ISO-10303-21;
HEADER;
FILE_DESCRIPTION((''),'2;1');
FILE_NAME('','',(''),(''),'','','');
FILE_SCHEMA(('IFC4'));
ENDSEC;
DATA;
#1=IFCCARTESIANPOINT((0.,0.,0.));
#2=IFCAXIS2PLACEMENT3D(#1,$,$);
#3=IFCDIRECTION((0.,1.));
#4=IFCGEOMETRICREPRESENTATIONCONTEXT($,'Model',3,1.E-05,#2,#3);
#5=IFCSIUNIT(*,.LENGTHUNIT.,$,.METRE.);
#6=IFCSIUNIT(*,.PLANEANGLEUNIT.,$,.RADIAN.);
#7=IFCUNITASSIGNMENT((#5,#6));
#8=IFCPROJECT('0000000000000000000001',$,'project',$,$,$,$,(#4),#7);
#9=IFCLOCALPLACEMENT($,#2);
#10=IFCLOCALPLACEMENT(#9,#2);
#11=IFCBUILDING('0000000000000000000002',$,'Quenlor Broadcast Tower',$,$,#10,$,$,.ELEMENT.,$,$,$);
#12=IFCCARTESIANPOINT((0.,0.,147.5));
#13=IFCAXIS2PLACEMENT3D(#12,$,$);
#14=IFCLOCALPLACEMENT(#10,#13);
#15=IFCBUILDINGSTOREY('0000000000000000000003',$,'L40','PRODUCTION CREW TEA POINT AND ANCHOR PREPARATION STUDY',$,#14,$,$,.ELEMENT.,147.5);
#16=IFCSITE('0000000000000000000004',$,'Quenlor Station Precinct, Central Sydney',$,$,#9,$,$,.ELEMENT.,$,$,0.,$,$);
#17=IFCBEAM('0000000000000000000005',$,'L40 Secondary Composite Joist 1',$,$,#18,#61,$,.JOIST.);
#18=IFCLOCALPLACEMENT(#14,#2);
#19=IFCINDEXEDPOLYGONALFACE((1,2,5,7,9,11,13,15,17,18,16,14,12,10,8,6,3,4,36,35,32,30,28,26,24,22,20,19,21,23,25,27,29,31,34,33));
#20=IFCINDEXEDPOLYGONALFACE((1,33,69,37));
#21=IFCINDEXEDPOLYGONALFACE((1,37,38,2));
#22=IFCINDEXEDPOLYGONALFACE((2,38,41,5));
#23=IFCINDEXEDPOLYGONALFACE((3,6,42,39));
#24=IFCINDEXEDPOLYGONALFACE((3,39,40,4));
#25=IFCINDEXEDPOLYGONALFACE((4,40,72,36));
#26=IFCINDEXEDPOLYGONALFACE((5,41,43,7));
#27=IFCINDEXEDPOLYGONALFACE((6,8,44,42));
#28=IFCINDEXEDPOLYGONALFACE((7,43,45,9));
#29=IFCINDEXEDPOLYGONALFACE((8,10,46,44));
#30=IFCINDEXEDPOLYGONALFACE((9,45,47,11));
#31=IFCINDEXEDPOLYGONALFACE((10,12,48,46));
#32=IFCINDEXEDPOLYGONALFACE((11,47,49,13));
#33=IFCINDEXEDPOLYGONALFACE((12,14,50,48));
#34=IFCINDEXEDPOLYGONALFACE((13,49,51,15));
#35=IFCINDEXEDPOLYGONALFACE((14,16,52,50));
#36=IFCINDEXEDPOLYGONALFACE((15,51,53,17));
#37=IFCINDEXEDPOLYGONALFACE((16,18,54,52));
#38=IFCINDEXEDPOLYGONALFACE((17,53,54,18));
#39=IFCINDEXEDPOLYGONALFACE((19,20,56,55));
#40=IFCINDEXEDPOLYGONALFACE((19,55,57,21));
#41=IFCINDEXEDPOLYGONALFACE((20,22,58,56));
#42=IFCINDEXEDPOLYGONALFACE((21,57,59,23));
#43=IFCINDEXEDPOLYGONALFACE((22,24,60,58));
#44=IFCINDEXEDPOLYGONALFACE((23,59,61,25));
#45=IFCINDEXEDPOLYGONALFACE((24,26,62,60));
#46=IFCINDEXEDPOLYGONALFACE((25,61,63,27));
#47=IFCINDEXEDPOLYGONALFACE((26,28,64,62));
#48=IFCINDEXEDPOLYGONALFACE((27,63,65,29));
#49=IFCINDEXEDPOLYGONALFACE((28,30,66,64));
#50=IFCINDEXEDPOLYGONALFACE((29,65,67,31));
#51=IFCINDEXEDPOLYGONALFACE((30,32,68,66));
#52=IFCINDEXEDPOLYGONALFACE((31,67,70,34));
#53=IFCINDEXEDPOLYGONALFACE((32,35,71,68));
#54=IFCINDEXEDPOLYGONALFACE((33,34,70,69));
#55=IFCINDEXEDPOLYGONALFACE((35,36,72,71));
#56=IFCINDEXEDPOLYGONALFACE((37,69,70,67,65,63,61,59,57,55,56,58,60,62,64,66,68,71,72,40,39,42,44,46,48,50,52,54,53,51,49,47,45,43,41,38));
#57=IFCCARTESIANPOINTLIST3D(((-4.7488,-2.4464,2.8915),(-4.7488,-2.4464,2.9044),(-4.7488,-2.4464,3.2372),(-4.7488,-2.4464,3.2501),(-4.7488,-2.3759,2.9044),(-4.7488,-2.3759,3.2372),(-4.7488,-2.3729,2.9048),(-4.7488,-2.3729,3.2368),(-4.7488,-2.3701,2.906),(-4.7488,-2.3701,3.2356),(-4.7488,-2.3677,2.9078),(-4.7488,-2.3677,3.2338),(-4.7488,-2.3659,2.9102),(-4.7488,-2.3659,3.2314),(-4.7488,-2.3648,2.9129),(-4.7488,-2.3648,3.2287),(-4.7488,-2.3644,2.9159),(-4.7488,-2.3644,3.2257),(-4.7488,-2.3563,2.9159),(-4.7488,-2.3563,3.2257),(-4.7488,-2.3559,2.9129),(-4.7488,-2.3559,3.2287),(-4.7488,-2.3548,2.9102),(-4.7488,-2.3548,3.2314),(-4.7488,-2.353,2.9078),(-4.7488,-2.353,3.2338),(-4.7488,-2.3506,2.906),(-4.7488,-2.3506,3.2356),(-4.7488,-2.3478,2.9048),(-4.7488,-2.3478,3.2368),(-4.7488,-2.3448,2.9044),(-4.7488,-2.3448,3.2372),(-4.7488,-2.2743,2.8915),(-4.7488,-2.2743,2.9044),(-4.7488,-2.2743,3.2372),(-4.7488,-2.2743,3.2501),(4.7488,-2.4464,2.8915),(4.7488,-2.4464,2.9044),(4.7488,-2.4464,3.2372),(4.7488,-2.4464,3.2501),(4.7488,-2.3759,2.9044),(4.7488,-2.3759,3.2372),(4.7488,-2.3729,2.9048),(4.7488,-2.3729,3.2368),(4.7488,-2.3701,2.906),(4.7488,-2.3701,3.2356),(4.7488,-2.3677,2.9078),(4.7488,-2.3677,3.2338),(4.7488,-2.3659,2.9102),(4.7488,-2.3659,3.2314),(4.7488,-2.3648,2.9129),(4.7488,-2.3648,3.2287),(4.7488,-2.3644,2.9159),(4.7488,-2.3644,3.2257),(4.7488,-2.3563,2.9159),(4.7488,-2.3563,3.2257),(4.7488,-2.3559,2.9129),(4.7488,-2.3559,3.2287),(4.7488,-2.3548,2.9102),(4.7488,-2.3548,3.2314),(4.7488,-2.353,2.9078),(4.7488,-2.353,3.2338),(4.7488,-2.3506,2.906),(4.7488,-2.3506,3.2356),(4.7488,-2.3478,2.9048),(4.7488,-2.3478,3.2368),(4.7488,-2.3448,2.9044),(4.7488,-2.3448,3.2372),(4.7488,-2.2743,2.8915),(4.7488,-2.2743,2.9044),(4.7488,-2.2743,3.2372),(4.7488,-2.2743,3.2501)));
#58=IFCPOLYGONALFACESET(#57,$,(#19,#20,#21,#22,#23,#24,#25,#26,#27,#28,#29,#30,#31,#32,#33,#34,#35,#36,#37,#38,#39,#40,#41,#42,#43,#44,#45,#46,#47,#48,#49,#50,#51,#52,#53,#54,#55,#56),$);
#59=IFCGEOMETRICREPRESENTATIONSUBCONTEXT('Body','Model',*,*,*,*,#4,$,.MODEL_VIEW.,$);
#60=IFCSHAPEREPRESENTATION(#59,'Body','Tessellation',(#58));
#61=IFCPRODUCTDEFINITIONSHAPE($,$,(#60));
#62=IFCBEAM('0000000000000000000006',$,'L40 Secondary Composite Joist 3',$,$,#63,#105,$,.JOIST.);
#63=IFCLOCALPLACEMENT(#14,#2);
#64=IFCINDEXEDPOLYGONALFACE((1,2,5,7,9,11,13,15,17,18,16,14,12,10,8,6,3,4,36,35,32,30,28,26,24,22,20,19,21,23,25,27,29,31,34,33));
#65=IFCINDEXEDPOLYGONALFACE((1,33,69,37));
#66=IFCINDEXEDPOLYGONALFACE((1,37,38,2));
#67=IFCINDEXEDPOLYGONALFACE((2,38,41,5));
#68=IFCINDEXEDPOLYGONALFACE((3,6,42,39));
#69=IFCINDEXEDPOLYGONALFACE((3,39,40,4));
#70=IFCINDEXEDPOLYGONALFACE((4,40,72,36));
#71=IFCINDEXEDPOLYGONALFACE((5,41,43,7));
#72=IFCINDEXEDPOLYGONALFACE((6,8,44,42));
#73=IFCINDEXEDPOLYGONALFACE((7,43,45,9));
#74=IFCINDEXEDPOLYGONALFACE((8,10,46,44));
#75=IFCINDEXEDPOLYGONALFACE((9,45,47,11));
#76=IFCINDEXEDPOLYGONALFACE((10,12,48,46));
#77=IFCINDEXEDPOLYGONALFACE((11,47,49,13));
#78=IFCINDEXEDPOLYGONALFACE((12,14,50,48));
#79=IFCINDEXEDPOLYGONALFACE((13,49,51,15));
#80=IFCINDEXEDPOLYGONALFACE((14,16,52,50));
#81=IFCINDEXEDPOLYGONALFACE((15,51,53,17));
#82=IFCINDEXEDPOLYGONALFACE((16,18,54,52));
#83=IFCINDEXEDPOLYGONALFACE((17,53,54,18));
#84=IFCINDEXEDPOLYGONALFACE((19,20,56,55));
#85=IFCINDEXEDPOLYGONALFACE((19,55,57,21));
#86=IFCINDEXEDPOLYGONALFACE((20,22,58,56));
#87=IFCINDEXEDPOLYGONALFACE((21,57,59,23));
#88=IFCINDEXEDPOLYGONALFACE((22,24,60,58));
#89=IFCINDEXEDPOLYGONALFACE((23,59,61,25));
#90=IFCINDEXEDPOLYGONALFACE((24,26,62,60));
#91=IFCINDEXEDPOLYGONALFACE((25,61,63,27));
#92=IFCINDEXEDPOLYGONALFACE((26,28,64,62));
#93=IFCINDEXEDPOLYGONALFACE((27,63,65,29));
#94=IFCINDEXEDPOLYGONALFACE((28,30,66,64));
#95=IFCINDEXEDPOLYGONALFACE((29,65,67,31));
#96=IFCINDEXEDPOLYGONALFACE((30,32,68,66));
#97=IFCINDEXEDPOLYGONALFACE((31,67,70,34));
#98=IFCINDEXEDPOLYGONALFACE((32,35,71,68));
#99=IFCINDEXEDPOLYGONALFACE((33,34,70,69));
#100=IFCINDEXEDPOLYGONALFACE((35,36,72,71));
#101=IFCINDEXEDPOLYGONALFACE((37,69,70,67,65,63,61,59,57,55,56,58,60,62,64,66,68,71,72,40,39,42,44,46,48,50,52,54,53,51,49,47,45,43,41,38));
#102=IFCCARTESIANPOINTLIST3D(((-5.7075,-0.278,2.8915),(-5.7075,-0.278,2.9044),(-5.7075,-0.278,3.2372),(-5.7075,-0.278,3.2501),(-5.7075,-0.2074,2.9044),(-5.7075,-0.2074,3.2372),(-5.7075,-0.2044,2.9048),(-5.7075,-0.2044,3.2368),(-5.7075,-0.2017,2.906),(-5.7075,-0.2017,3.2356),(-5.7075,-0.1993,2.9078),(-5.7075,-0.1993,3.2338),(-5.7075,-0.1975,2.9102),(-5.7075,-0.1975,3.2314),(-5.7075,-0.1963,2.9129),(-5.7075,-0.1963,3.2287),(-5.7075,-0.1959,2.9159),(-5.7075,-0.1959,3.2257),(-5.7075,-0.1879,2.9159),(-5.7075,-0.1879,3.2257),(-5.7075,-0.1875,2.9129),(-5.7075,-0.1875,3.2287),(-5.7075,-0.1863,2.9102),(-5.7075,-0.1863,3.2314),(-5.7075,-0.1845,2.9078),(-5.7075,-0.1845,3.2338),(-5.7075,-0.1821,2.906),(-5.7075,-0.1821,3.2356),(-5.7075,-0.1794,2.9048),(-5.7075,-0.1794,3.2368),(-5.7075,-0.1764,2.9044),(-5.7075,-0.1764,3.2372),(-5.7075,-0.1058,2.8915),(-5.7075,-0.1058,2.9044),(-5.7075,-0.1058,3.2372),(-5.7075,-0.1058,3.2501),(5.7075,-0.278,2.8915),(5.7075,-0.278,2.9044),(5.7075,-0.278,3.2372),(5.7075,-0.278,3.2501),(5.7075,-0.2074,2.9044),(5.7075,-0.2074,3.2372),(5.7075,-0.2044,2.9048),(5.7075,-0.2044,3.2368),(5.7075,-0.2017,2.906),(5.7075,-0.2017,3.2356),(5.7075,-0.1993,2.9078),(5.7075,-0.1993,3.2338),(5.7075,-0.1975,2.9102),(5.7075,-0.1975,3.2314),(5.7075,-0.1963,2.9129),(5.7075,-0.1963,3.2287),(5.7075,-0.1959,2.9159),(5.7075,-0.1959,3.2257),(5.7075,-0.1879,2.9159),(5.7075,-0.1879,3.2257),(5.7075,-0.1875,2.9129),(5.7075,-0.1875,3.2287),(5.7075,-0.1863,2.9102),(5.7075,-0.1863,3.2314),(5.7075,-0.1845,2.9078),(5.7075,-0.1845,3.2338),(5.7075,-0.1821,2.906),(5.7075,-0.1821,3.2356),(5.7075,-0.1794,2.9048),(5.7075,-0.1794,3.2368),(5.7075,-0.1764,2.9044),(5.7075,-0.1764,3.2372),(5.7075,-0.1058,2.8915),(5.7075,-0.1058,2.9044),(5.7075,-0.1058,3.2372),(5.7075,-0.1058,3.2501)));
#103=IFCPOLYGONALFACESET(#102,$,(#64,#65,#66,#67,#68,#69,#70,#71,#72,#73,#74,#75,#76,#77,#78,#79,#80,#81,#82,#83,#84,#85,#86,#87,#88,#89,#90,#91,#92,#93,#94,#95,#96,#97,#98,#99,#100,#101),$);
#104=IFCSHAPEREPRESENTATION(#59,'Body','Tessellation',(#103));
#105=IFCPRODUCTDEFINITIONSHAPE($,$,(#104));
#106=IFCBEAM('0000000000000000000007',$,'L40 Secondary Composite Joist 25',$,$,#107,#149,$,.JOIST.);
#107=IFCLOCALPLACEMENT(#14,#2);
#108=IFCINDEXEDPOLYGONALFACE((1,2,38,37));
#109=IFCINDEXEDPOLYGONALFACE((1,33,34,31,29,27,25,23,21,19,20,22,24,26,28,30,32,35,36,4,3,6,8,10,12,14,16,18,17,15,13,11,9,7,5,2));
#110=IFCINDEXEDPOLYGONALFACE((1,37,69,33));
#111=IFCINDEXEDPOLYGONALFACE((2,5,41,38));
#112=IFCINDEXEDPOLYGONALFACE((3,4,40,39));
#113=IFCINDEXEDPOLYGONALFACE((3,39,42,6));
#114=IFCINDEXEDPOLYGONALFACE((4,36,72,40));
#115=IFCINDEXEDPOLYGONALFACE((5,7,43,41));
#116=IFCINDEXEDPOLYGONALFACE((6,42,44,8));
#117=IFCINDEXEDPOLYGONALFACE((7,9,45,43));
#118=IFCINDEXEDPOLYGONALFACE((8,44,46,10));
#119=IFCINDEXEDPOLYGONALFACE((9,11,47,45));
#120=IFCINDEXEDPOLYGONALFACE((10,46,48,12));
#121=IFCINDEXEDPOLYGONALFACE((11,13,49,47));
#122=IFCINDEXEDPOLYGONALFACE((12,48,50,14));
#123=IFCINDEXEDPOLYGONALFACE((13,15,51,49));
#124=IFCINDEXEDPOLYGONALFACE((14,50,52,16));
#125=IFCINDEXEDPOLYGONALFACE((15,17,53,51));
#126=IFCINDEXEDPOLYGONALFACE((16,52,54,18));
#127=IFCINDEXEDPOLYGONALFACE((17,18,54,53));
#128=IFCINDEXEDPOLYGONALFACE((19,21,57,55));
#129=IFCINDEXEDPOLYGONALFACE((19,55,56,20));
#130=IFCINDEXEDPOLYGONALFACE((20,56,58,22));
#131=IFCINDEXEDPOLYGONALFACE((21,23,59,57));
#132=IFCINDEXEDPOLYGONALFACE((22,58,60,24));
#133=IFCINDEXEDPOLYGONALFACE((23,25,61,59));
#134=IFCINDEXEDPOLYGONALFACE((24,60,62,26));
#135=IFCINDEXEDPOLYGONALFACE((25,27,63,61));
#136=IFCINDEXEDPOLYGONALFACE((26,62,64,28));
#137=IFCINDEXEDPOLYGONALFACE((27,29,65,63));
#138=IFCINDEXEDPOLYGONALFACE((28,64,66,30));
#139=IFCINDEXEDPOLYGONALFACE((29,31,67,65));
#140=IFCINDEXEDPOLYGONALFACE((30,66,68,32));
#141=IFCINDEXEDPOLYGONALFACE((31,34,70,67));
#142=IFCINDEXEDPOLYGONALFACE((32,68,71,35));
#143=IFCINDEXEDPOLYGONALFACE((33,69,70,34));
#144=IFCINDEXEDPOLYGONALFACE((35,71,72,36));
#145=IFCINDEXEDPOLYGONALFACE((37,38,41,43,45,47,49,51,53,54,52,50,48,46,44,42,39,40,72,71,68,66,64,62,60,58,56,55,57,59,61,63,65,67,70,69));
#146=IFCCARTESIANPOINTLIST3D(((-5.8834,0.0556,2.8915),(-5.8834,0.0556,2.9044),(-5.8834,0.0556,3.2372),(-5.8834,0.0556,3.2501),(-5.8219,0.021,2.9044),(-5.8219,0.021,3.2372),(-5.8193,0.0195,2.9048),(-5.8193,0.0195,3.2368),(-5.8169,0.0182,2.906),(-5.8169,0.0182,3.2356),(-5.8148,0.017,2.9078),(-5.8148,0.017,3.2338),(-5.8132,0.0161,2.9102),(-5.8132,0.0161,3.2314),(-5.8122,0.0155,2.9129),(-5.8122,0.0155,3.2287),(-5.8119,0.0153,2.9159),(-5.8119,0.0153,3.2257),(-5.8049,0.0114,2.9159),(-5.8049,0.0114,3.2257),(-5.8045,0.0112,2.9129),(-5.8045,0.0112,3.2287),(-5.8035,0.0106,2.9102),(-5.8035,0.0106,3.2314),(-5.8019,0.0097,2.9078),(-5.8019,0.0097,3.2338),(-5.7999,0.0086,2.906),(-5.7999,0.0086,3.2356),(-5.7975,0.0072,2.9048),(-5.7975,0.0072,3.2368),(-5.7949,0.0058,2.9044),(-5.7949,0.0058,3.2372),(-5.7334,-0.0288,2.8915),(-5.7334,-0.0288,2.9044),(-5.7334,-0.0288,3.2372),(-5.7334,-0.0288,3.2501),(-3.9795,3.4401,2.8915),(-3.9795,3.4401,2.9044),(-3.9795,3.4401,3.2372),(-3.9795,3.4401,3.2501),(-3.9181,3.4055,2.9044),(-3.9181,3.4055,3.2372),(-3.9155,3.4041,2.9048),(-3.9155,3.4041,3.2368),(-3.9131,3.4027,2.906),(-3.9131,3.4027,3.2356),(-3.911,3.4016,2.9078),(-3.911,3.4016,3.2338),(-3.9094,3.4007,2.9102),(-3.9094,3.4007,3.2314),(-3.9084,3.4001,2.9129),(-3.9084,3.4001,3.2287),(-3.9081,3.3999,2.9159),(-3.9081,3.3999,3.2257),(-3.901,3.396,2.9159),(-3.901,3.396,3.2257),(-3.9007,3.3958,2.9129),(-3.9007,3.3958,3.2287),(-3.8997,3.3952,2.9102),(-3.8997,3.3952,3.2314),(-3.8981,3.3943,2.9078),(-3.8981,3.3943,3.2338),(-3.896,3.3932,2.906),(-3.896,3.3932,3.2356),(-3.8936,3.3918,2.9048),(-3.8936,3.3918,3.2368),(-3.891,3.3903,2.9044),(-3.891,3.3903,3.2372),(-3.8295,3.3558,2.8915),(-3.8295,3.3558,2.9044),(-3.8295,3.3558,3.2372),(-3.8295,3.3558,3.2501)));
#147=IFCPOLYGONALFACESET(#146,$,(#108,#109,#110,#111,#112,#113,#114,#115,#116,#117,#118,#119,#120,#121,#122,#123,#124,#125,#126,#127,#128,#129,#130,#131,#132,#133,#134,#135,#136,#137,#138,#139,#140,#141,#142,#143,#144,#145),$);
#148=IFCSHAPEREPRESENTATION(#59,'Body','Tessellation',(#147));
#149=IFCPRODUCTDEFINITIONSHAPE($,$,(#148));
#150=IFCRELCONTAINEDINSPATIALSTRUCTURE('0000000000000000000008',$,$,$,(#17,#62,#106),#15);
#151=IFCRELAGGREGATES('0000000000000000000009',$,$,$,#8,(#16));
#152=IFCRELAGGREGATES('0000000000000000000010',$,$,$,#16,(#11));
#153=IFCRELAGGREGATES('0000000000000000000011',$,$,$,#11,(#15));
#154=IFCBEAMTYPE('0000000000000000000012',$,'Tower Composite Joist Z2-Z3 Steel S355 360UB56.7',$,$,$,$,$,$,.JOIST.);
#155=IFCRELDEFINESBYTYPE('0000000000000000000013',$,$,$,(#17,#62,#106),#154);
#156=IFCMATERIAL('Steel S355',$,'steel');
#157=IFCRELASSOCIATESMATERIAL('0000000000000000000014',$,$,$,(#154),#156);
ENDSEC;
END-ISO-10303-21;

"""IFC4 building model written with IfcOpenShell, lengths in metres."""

from ifc_helpers import new_model, si_unit, direction, frame, origin, origin_2d, place, context, subcontext, project, spatial, i_section, extrude, material, material_profile, profile_set, type_object, element, save


model = new_model("IFC4")

# Units and contexts
model_context = context("Model", 3, precision=1e-05, world=origin(), true_north=direction((0.0, 1.0)))
body_context = subcontext(model_context, "Body", "Model", "MODEL_VIEW")
ifc_project = project(units=[si_unit("LENGTHUNIT", "METRE"), si_unit("PLANEANGLEUNIT", "RADIAN")], contexts=[model_context])

# Site, building, storey
site_placement = place(None, origin())
site = spatial("IfcSite", under=ifc_project, at=site_placement, Name="Quenlor Station Precinct, Central Sydney", CompositionType="ELEMENT", RefElevation=0.0)
building_placement = place(site_placement, origin())
building = spatial("IfcBuilding", under=site, at=building_placement, Name="Quenlor Broadcast Tower", CompositionType="ELEMENT")
storey_placement = place(building_placement, frame((0.0, 0.0, 147.5)))
storey = spatial("IfcBuildingStorey", under=building, at=storey_placement, Name="L40", Description="PRODUCTION CREW TEA POINT AND ANCHOR PREPARATION STUDY", CompositionType="ELEMENT", Elevation=147.5)

# Beams
ifc_material_1 = material(Name="Steel S355", Category="steel")
ifc_material_profile = material_profile(ifc_material_1, i_section(OverallWidth=0.1721, OverallDepth=0.3586, WebThickness=0.0081, FlangeThickness=0.0129, FilletRadius=0.0115, at=origin_2d()))
ifc_profile_set = profile_set([ifc_material_profile], Name="Steel S355 360UB56.7")
beam_type = type_object("IfcBeamType", Name="Tower Composite Joist Z2-Z3 Steel S355 360UB56.7", PredefinedType="JOIST", material=ifc_profile_set)
beam_1_placement = place(storey_placement, frame((-4.7488, -2.3604, 3.0708), z_axis=(1.0, 0.0, 0.0), x_axis=(0.0, 1.0, 0.0)))
element("IfcBeam", 1, at=beam_1_placement, inside=storey, type_object=beam_type, Name="L40 Secondary Composite Joist 1", PredefinedType="JOIST", context=body_context, shape_type="SweptSolid", body=[
    extrude(i_section(OverallWidth=0.1721, OverallDepth=0.3586, WebThickness=0.0081, FlangeThickness=0.0129, FilletRadius=0.0115, at=origin_2d()), origin(), (0.0, 0.0, 1.0), 9.4976),
])
beam_2_placement = place(storey_placement, frame((-5.7075, -0.1919, 3.0708), z_axis=(1.0, 0.0, 0.0), x_axis=(0.0, 1.0, 0.0)))
element("IfcBeam", 2, at=beam_2_placement, inside=storey, type_object=beam_type, Name="L40 Secondary Composite Joist 3", PredefinedType="JOIST", context=body_context, shape_type="SweptSolid", body=[
    extrude(i_section(OverallWidth=0.1721, OverallDepth=0.3586, WebThickness=0.0081, FlangeThickness=0.0129, FilletRadius=0.0115, at=origin_2d()), origin(), (0.0, 0.0, 1.0), 11.415),
])
beam_3_placement = place(storey_placement, frame((-3.9045, 3.3979, 3.0708), z_axis=(-0.490264, -0.871574, 0.0), x_axis=(0.871574, -0.490264, 0.0)))
element("IfcBeam", 3, at=beam_3_placement, inside=storey, type_object=beam_type, Name="L40 Secondary Composite Joist 25", PredefinedType="JOIST", context=body_context, shape_type="SweptSolid", body=[
    extrude(i_section(OverallWidth=0.1721, OverallDepth=0.3586, WebThickness=0.0081, FlangeThickness=0.0129, FilletRadius=0.0115, at=origin_2d()), origin(), (0.0, 0.0, 1.0), 3.8833),
])

save(model, "model.ifc")
